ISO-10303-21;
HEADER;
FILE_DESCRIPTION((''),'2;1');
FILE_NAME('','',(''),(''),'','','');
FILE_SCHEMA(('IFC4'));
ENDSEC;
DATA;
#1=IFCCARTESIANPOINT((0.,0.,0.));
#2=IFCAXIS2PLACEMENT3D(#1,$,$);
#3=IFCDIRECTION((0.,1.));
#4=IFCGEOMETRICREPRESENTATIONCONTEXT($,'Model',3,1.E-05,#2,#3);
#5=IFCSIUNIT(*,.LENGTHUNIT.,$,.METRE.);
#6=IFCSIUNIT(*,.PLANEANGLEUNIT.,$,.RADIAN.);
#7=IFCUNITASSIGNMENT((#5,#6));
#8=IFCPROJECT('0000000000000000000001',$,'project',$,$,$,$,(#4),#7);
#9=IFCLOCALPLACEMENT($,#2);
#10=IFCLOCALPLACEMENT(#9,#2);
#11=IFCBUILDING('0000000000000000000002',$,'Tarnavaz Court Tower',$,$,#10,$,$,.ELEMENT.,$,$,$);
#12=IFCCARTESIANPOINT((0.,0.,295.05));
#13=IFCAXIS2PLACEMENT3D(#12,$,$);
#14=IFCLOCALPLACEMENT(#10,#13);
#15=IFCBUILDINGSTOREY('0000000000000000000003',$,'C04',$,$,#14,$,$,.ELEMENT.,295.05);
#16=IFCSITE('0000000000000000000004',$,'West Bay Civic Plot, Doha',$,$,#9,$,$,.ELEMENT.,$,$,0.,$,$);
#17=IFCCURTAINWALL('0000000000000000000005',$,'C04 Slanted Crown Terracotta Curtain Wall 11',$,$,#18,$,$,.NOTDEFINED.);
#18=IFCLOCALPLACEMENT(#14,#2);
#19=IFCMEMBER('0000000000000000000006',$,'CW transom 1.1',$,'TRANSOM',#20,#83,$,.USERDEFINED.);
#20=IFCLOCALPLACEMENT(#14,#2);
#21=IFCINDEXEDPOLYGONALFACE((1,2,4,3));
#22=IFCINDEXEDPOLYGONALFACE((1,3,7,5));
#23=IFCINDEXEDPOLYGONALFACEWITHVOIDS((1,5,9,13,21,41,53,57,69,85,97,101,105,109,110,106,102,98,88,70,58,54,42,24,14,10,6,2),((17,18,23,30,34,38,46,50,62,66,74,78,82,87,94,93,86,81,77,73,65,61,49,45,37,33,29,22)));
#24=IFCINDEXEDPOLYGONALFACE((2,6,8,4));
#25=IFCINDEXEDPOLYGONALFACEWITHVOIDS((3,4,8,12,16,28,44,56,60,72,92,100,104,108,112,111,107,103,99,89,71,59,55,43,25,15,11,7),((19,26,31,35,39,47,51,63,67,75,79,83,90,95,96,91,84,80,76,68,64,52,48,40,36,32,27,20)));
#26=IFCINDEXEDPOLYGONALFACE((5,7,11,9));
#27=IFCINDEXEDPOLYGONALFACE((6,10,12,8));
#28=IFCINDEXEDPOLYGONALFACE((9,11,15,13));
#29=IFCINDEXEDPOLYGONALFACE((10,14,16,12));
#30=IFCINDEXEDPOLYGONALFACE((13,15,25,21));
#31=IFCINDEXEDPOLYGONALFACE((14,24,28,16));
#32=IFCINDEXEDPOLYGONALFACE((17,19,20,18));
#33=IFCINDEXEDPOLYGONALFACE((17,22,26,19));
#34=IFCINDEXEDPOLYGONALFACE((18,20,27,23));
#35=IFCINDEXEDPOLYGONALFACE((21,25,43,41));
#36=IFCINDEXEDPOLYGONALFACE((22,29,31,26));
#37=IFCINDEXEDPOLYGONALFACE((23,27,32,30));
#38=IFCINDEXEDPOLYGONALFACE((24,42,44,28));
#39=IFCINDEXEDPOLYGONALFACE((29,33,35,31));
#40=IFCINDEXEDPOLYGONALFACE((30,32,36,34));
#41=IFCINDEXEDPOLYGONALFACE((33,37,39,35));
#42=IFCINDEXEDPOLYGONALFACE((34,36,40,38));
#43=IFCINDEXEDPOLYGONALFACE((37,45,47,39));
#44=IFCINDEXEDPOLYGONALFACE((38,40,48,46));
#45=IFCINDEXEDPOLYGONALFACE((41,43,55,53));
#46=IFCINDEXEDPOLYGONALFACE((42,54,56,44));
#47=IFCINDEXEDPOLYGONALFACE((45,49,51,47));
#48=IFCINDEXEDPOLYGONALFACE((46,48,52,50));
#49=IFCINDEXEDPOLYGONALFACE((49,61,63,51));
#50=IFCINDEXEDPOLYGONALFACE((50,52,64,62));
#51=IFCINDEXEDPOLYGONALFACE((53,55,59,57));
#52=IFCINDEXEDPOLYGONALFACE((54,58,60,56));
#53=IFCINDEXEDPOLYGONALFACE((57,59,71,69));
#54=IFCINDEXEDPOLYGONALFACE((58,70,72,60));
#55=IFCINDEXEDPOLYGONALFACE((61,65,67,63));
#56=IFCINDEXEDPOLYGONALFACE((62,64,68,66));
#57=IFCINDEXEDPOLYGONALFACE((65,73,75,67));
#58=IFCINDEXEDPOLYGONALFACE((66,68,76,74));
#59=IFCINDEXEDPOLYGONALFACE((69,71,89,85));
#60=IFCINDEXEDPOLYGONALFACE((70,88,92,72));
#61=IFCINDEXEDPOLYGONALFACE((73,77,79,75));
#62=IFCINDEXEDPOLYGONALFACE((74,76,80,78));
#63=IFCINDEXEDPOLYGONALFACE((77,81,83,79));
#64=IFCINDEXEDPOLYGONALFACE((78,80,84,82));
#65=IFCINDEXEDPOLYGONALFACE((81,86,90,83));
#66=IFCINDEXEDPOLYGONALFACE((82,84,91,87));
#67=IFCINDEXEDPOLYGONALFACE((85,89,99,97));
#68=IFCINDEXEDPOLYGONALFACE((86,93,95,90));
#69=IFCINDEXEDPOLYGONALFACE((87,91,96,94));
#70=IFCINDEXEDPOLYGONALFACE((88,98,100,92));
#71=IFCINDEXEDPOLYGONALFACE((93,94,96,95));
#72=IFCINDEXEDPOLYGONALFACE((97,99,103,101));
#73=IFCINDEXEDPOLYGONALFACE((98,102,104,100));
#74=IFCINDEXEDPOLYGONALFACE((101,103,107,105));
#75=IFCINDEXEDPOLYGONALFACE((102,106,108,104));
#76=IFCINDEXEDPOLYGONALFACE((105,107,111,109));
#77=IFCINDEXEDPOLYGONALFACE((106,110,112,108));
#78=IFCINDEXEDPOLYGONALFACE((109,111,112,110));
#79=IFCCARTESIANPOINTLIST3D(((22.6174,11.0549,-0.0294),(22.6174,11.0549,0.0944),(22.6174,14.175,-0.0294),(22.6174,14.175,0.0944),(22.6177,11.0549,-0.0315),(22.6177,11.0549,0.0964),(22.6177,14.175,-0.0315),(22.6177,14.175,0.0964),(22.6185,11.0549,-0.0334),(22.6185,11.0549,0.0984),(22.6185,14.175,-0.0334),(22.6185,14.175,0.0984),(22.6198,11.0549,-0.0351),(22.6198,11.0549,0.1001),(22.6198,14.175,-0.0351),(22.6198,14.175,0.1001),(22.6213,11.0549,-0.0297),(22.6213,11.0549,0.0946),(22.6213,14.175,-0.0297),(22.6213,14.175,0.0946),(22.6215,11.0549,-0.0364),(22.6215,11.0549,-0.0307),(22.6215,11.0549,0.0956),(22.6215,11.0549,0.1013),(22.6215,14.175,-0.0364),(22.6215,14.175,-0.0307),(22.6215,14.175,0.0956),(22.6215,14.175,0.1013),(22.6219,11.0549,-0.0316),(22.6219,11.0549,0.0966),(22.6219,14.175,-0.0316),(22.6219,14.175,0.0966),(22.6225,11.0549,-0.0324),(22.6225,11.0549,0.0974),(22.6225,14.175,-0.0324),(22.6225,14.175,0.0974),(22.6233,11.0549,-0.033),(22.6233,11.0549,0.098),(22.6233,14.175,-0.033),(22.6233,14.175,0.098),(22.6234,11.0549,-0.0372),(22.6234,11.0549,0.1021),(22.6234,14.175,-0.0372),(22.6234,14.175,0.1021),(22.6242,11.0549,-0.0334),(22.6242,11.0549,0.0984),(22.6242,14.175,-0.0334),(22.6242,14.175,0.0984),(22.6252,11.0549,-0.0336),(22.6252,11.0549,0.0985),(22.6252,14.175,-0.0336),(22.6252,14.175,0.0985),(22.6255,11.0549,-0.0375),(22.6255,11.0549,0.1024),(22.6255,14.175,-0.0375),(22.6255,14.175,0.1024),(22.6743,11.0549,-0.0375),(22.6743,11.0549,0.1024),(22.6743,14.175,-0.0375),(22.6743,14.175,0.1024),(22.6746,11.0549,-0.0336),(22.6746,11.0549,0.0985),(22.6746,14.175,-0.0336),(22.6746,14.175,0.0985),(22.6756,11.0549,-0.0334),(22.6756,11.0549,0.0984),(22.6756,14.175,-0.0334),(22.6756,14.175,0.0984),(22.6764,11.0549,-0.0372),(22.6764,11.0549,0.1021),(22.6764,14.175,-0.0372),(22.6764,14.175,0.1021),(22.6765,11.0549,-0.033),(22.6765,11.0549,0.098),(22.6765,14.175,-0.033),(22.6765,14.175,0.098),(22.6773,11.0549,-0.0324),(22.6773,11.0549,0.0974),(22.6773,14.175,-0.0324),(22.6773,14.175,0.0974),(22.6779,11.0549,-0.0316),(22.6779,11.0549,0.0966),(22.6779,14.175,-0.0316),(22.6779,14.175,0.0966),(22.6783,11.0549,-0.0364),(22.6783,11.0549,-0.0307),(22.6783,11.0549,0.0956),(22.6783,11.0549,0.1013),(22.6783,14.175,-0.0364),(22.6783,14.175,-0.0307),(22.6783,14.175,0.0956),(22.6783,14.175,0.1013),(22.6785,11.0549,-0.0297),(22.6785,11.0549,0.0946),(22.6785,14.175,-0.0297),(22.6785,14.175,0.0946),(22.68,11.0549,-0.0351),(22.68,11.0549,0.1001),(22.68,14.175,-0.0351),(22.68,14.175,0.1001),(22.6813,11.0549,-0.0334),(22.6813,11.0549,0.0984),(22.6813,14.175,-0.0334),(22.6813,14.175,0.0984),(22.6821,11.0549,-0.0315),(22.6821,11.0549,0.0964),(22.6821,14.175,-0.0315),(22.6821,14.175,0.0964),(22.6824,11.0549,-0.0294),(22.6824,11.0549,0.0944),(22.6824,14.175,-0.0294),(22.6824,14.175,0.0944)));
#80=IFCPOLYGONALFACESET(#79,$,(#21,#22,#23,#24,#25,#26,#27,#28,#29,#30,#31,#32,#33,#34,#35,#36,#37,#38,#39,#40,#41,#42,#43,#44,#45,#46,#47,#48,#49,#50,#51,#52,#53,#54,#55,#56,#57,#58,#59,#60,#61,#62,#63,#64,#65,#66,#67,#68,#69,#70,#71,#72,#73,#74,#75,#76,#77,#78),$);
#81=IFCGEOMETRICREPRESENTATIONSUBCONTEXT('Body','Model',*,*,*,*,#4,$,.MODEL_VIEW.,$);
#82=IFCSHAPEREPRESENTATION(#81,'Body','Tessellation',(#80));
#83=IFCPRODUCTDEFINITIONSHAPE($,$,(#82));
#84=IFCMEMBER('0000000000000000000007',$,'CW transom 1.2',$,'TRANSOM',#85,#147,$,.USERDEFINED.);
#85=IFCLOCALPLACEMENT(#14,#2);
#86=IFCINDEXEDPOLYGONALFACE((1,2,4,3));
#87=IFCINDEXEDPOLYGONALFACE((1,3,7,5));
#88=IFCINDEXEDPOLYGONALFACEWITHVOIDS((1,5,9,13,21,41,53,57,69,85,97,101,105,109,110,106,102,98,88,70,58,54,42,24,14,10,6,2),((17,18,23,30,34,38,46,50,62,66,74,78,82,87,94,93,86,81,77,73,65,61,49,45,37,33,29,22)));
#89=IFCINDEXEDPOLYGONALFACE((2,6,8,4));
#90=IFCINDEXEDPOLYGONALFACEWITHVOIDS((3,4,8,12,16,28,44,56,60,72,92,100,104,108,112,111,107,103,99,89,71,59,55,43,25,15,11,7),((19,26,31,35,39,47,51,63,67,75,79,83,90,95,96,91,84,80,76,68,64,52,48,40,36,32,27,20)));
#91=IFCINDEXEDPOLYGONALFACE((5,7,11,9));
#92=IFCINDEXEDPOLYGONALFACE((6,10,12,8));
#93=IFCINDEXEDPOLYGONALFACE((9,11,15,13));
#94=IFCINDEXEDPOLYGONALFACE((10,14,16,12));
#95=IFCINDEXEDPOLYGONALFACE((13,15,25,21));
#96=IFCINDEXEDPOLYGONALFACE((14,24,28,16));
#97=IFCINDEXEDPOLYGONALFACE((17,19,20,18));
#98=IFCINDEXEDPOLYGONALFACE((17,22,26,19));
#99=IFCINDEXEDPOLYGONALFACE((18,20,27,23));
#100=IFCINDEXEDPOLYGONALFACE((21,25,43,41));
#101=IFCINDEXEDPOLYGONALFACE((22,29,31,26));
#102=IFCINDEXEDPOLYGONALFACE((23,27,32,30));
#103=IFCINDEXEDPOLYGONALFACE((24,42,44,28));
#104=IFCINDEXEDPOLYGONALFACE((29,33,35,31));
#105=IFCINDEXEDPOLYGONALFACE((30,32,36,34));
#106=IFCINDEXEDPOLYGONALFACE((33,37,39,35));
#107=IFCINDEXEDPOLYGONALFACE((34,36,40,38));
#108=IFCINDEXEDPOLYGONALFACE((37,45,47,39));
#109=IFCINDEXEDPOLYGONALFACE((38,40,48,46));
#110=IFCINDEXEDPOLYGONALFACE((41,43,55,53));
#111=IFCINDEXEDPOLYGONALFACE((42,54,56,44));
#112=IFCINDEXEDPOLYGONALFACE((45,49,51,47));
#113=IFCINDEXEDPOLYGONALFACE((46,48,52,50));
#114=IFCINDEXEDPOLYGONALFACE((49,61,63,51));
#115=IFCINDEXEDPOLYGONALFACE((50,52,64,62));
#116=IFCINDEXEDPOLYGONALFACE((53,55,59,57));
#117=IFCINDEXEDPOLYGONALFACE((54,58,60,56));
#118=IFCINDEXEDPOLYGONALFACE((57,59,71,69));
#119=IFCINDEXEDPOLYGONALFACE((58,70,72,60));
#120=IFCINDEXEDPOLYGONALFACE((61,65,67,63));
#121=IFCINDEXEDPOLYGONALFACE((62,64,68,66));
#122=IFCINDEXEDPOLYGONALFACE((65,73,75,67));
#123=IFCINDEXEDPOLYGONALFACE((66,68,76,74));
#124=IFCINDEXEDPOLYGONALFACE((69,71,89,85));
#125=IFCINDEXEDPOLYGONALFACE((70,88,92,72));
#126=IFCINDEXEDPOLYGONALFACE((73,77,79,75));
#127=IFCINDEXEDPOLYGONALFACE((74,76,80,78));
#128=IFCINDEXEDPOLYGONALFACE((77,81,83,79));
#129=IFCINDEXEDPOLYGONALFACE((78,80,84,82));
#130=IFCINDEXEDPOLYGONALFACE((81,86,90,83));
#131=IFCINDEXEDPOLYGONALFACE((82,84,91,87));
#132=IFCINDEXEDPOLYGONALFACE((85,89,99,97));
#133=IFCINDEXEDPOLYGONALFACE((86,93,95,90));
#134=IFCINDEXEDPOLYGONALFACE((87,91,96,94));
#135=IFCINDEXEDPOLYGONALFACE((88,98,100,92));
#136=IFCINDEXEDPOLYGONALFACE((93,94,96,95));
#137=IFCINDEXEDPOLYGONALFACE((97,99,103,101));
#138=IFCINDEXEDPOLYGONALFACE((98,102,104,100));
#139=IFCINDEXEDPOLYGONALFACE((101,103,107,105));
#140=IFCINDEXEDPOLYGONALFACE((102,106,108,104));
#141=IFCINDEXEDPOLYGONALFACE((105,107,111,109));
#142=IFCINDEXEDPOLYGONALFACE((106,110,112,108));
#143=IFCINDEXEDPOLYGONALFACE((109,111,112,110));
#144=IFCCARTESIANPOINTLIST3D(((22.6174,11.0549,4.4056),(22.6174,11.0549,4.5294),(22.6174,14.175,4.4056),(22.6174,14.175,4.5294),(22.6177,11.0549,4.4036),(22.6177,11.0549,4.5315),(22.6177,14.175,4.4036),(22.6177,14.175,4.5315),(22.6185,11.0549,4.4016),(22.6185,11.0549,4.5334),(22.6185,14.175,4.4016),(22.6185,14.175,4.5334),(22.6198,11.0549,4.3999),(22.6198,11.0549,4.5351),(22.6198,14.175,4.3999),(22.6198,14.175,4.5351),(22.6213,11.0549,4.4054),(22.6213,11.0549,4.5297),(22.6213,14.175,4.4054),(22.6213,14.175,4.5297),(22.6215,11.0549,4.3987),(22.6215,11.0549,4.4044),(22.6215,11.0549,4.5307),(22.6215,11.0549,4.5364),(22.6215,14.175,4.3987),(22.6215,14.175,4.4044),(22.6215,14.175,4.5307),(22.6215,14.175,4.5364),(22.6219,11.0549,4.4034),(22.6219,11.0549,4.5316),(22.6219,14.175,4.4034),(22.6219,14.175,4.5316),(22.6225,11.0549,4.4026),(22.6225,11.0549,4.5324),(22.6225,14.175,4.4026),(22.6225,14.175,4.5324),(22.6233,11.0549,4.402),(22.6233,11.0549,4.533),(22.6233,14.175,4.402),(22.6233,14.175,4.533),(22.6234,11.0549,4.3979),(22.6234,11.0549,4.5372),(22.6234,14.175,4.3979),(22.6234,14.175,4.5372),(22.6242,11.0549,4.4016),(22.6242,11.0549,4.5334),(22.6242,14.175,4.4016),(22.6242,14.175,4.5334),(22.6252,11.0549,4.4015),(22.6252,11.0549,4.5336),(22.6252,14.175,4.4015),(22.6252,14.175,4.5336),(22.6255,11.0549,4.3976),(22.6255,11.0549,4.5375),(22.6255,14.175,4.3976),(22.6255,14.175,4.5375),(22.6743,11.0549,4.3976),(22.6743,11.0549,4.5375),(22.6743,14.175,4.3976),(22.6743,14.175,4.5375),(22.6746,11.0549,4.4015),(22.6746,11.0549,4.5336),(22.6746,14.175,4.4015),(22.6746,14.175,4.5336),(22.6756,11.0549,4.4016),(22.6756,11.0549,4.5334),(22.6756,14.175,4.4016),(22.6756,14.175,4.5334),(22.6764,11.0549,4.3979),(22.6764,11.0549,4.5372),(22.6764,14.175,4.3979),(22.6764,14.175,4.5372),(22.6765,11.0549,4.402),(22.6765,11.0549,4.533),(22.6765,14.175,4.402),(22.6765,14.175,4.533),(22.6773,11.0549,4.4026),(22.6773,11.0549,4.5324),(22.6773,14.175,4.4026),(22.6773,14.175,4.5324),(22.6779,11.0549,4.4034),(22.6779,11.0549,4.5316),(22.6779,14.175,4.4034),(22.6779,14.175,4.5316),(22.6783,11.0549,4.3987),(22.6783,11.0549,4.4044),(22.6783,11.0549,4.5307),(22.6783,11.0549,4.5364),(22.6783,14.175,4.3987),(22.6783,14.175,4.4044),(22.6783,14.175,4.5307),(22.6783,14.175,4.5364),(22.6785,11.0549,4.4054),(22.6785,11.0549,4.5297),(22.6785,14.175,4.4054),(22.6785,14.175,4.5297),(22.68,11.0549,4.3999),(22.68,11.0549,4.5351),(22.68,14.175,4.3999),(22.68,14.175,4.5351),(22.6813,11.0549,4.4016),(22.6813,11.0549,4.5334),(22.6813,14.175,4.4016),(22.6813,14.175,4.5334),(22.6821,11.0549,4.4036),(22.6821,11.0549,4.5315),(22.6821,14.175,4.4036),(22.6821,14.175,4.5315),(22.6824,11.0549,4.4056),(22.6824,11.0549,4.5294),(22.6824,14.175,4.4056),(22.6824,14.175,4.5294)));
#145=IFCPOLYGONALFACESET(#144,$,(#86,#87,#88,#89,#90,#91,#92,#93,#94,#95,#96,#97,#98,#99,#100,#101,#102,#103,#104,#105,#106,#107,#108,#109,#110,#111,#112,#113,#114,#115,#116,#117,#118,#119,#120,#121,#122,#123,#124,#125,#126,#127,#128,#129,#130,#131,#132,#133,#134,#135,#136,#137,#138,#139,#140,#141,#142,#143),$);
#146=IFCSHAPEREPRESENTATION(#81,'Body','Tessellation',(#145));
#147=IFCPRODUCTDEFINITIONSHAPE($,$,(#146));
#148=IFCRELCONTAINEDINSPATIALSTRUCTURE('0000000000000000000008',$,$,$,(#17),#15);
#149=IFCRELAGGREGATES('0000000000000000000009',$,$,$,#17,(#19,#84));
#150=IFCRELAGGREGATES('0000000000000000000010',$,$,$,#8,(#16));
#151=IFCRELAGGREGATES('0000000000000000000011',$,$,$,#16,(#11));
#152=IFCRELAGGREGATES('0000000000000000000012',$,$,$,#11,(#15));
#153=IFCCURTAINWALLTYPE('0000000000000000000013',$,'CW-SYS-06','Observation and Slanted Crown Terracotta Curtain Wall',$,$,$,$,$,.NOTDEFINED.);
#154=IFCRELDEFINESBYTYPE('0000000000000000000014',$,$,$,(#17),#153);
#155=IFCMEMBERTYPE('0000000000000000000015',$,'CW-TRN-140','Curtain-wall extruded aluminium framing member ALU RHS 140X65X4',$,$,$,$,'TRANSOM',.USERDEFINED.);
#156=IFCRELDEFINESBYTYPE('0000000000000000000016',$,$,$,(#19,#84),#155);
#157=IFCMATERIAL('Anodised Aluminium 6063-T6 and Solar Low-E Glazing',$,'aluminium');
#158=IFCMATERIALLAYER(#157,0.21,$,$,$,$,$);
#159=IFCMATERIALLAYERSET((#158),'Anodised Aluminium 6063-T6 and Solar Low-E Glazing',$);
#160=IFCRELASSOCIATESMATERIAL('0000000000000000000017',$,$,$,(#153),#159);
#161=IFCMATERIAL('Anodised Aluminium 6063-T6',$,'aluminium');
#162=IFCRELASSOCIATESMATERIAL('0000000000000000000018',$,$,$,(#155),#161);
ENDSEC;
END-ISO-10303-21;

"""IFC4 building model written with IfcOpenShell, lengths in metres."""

from ifc_helpers import new_model, si_unit, direction, frame, origin, origin_2d, place, context, subcontext, project, spatial, hollow_rectangle, extrude, material, layer, layer_set, material_profile, profile_set, type_object, element, aggregate, save


model = new_model("IFC4")

# Units and contexts
model_context = context("Model", 3, precision=1e-05, world=origin(), true_north=direction((0.0, 1.0)))
body_context = subcontext(model_context, "Body", "Model", "MODEL_VIEW")
ifc_project = project(units=[si_unit("LENGTHUNIT", "METRE"), si_unit("PLANEANGLEUNIT", "RADIAN")], contexts=[model_context])

# Site, building, storey
site_placement = place(None, origin())
site = spatial("IfcSite", under=ifc_project, at=site_placement, Name="West Bay Civic Plot, Doha", CompositionType="ELEMENT", RefElevation=0.0)
building_placement = place(site_placement, origin())
building = spatial("IfcBuilding", under=site, at=building_placement, Name="Tarnavaz Court Tower", CompositionType="ELEMENT")
storey_placement = place(building_placement, frame((0.0, 0.0, 295.05)))
storey = spatial("IfcBuildingStorey", under=building, at=storey_placement, Name="C04", CompositionType="ELEMENT", Elevation=295.05)

# Shared definitions
ifc_material_1 = material(Name="Anodised Aluminium 6063-T6 and Solar Low-E Glazing", Category="aluminium")
ifc_layer_1 = layer(ifc_material_1, 0.21)
ifc_layer_set_1 = layer_set([ifc_layer_1], Name="Anodised Aluminium 6063-T6 and Solar Low-E Glazing")
curtain_wall_type = type_object("IfcCurtainWallType", Name="CW-SYS-06", Description="Observation and Slanted Crown Terracotta Curtain Wall", PredefinedType="NOTDEFINED", material=ifc_layer_set_1)
ifc_material_2 = material(Name="Anodised Aluminium 6063-T6", Category="aluminium")

# Curtain wall
curtain_wall_1_placement = place(storey_placement, origin())
curtain_wall_1 = element("IfcCurtainWall", 1, at=curtain_wall_1_placement, inside=storey, type_object=curtain_wall_type, Name="C04 Slanted Crown Terracotta Curtain Wall 11", PredefinedType="NOTDEFINED")

# Members
ifc_material_profile_1 = material_profile(ifc_material_2, hollow_rectangle(XDim=0.0649, YDim=0.1399, WallThickness=0.0039, InnerFilletRadius=0.0039, OuterFilletRadius=0.0081, at=origin_2d()), Name="ALU RHS 140X65X4")
ifc_profile_set_1 = profile_set([ifc_material_profile_1], Name="Anodised Aluminium 6063-T6")
member_type_1 = type_object("IfcMemberType", Name="CW-TRN-140", Description="Curtain-wall extruded aluminium framing member ALU RHS 140X65X4", ElementType="TRANSOM", PredefinedType="USERDEFINED", material=ifc_profile_set_1)
member_1_placement = place(storey_placement, frame((22.6499, 14.175, 0.0325), z_axis=(0.0, -1.0, 0.0), x_axis=(1.0, 0.0, 0.0)))
member_1 = element("IfcMember", 2, at=member_1_placement, type_object=member_type_1, Name="CW transom 1.1", ObjectType="TRANSOM", PredefinedType="USERDEFINED", context=body_context, shape_type="SweptSolid", body=[
    extrude(hollow_rectangle(XDim=0.0649, YDim=0.1399, WallThickness=0.0039, InnerFilletRadius=0.0039, OuterFilletRadius=0.0081, at=origin_2d()), origin(), (0.0, 0.0, 1.0), 3.1201),
])
member_2_placement = place(storey_placement, frame((22.6499, 14.175, 4.4675), z_axis=(0.0, -1.0, 0.0), x_axis=(1.0, 0.0, 0.0)))
member_2 = element("IfcMember", 3, at=member_2_placement, type_object=member_type_1, Name="CW transom 1.2", ObjectType="TRANSOM", PredefinedType="USERDEFINED", context=body_context, shape_type="SweptSolid", body=[
    extrude(hollow_rectangle(XDim=0.0649, YDim=0.1399, WallThickness=0.0039, InnerFilletRadius=0.0039, OuterFilletRadius=0.0081, at=origin_2d()), origin(), (0.0, 0.0, 1.0), 3.1201),
])

aggregate(curtain_wall_1, [member_1, member_2])

save(model, "model.ifc")
